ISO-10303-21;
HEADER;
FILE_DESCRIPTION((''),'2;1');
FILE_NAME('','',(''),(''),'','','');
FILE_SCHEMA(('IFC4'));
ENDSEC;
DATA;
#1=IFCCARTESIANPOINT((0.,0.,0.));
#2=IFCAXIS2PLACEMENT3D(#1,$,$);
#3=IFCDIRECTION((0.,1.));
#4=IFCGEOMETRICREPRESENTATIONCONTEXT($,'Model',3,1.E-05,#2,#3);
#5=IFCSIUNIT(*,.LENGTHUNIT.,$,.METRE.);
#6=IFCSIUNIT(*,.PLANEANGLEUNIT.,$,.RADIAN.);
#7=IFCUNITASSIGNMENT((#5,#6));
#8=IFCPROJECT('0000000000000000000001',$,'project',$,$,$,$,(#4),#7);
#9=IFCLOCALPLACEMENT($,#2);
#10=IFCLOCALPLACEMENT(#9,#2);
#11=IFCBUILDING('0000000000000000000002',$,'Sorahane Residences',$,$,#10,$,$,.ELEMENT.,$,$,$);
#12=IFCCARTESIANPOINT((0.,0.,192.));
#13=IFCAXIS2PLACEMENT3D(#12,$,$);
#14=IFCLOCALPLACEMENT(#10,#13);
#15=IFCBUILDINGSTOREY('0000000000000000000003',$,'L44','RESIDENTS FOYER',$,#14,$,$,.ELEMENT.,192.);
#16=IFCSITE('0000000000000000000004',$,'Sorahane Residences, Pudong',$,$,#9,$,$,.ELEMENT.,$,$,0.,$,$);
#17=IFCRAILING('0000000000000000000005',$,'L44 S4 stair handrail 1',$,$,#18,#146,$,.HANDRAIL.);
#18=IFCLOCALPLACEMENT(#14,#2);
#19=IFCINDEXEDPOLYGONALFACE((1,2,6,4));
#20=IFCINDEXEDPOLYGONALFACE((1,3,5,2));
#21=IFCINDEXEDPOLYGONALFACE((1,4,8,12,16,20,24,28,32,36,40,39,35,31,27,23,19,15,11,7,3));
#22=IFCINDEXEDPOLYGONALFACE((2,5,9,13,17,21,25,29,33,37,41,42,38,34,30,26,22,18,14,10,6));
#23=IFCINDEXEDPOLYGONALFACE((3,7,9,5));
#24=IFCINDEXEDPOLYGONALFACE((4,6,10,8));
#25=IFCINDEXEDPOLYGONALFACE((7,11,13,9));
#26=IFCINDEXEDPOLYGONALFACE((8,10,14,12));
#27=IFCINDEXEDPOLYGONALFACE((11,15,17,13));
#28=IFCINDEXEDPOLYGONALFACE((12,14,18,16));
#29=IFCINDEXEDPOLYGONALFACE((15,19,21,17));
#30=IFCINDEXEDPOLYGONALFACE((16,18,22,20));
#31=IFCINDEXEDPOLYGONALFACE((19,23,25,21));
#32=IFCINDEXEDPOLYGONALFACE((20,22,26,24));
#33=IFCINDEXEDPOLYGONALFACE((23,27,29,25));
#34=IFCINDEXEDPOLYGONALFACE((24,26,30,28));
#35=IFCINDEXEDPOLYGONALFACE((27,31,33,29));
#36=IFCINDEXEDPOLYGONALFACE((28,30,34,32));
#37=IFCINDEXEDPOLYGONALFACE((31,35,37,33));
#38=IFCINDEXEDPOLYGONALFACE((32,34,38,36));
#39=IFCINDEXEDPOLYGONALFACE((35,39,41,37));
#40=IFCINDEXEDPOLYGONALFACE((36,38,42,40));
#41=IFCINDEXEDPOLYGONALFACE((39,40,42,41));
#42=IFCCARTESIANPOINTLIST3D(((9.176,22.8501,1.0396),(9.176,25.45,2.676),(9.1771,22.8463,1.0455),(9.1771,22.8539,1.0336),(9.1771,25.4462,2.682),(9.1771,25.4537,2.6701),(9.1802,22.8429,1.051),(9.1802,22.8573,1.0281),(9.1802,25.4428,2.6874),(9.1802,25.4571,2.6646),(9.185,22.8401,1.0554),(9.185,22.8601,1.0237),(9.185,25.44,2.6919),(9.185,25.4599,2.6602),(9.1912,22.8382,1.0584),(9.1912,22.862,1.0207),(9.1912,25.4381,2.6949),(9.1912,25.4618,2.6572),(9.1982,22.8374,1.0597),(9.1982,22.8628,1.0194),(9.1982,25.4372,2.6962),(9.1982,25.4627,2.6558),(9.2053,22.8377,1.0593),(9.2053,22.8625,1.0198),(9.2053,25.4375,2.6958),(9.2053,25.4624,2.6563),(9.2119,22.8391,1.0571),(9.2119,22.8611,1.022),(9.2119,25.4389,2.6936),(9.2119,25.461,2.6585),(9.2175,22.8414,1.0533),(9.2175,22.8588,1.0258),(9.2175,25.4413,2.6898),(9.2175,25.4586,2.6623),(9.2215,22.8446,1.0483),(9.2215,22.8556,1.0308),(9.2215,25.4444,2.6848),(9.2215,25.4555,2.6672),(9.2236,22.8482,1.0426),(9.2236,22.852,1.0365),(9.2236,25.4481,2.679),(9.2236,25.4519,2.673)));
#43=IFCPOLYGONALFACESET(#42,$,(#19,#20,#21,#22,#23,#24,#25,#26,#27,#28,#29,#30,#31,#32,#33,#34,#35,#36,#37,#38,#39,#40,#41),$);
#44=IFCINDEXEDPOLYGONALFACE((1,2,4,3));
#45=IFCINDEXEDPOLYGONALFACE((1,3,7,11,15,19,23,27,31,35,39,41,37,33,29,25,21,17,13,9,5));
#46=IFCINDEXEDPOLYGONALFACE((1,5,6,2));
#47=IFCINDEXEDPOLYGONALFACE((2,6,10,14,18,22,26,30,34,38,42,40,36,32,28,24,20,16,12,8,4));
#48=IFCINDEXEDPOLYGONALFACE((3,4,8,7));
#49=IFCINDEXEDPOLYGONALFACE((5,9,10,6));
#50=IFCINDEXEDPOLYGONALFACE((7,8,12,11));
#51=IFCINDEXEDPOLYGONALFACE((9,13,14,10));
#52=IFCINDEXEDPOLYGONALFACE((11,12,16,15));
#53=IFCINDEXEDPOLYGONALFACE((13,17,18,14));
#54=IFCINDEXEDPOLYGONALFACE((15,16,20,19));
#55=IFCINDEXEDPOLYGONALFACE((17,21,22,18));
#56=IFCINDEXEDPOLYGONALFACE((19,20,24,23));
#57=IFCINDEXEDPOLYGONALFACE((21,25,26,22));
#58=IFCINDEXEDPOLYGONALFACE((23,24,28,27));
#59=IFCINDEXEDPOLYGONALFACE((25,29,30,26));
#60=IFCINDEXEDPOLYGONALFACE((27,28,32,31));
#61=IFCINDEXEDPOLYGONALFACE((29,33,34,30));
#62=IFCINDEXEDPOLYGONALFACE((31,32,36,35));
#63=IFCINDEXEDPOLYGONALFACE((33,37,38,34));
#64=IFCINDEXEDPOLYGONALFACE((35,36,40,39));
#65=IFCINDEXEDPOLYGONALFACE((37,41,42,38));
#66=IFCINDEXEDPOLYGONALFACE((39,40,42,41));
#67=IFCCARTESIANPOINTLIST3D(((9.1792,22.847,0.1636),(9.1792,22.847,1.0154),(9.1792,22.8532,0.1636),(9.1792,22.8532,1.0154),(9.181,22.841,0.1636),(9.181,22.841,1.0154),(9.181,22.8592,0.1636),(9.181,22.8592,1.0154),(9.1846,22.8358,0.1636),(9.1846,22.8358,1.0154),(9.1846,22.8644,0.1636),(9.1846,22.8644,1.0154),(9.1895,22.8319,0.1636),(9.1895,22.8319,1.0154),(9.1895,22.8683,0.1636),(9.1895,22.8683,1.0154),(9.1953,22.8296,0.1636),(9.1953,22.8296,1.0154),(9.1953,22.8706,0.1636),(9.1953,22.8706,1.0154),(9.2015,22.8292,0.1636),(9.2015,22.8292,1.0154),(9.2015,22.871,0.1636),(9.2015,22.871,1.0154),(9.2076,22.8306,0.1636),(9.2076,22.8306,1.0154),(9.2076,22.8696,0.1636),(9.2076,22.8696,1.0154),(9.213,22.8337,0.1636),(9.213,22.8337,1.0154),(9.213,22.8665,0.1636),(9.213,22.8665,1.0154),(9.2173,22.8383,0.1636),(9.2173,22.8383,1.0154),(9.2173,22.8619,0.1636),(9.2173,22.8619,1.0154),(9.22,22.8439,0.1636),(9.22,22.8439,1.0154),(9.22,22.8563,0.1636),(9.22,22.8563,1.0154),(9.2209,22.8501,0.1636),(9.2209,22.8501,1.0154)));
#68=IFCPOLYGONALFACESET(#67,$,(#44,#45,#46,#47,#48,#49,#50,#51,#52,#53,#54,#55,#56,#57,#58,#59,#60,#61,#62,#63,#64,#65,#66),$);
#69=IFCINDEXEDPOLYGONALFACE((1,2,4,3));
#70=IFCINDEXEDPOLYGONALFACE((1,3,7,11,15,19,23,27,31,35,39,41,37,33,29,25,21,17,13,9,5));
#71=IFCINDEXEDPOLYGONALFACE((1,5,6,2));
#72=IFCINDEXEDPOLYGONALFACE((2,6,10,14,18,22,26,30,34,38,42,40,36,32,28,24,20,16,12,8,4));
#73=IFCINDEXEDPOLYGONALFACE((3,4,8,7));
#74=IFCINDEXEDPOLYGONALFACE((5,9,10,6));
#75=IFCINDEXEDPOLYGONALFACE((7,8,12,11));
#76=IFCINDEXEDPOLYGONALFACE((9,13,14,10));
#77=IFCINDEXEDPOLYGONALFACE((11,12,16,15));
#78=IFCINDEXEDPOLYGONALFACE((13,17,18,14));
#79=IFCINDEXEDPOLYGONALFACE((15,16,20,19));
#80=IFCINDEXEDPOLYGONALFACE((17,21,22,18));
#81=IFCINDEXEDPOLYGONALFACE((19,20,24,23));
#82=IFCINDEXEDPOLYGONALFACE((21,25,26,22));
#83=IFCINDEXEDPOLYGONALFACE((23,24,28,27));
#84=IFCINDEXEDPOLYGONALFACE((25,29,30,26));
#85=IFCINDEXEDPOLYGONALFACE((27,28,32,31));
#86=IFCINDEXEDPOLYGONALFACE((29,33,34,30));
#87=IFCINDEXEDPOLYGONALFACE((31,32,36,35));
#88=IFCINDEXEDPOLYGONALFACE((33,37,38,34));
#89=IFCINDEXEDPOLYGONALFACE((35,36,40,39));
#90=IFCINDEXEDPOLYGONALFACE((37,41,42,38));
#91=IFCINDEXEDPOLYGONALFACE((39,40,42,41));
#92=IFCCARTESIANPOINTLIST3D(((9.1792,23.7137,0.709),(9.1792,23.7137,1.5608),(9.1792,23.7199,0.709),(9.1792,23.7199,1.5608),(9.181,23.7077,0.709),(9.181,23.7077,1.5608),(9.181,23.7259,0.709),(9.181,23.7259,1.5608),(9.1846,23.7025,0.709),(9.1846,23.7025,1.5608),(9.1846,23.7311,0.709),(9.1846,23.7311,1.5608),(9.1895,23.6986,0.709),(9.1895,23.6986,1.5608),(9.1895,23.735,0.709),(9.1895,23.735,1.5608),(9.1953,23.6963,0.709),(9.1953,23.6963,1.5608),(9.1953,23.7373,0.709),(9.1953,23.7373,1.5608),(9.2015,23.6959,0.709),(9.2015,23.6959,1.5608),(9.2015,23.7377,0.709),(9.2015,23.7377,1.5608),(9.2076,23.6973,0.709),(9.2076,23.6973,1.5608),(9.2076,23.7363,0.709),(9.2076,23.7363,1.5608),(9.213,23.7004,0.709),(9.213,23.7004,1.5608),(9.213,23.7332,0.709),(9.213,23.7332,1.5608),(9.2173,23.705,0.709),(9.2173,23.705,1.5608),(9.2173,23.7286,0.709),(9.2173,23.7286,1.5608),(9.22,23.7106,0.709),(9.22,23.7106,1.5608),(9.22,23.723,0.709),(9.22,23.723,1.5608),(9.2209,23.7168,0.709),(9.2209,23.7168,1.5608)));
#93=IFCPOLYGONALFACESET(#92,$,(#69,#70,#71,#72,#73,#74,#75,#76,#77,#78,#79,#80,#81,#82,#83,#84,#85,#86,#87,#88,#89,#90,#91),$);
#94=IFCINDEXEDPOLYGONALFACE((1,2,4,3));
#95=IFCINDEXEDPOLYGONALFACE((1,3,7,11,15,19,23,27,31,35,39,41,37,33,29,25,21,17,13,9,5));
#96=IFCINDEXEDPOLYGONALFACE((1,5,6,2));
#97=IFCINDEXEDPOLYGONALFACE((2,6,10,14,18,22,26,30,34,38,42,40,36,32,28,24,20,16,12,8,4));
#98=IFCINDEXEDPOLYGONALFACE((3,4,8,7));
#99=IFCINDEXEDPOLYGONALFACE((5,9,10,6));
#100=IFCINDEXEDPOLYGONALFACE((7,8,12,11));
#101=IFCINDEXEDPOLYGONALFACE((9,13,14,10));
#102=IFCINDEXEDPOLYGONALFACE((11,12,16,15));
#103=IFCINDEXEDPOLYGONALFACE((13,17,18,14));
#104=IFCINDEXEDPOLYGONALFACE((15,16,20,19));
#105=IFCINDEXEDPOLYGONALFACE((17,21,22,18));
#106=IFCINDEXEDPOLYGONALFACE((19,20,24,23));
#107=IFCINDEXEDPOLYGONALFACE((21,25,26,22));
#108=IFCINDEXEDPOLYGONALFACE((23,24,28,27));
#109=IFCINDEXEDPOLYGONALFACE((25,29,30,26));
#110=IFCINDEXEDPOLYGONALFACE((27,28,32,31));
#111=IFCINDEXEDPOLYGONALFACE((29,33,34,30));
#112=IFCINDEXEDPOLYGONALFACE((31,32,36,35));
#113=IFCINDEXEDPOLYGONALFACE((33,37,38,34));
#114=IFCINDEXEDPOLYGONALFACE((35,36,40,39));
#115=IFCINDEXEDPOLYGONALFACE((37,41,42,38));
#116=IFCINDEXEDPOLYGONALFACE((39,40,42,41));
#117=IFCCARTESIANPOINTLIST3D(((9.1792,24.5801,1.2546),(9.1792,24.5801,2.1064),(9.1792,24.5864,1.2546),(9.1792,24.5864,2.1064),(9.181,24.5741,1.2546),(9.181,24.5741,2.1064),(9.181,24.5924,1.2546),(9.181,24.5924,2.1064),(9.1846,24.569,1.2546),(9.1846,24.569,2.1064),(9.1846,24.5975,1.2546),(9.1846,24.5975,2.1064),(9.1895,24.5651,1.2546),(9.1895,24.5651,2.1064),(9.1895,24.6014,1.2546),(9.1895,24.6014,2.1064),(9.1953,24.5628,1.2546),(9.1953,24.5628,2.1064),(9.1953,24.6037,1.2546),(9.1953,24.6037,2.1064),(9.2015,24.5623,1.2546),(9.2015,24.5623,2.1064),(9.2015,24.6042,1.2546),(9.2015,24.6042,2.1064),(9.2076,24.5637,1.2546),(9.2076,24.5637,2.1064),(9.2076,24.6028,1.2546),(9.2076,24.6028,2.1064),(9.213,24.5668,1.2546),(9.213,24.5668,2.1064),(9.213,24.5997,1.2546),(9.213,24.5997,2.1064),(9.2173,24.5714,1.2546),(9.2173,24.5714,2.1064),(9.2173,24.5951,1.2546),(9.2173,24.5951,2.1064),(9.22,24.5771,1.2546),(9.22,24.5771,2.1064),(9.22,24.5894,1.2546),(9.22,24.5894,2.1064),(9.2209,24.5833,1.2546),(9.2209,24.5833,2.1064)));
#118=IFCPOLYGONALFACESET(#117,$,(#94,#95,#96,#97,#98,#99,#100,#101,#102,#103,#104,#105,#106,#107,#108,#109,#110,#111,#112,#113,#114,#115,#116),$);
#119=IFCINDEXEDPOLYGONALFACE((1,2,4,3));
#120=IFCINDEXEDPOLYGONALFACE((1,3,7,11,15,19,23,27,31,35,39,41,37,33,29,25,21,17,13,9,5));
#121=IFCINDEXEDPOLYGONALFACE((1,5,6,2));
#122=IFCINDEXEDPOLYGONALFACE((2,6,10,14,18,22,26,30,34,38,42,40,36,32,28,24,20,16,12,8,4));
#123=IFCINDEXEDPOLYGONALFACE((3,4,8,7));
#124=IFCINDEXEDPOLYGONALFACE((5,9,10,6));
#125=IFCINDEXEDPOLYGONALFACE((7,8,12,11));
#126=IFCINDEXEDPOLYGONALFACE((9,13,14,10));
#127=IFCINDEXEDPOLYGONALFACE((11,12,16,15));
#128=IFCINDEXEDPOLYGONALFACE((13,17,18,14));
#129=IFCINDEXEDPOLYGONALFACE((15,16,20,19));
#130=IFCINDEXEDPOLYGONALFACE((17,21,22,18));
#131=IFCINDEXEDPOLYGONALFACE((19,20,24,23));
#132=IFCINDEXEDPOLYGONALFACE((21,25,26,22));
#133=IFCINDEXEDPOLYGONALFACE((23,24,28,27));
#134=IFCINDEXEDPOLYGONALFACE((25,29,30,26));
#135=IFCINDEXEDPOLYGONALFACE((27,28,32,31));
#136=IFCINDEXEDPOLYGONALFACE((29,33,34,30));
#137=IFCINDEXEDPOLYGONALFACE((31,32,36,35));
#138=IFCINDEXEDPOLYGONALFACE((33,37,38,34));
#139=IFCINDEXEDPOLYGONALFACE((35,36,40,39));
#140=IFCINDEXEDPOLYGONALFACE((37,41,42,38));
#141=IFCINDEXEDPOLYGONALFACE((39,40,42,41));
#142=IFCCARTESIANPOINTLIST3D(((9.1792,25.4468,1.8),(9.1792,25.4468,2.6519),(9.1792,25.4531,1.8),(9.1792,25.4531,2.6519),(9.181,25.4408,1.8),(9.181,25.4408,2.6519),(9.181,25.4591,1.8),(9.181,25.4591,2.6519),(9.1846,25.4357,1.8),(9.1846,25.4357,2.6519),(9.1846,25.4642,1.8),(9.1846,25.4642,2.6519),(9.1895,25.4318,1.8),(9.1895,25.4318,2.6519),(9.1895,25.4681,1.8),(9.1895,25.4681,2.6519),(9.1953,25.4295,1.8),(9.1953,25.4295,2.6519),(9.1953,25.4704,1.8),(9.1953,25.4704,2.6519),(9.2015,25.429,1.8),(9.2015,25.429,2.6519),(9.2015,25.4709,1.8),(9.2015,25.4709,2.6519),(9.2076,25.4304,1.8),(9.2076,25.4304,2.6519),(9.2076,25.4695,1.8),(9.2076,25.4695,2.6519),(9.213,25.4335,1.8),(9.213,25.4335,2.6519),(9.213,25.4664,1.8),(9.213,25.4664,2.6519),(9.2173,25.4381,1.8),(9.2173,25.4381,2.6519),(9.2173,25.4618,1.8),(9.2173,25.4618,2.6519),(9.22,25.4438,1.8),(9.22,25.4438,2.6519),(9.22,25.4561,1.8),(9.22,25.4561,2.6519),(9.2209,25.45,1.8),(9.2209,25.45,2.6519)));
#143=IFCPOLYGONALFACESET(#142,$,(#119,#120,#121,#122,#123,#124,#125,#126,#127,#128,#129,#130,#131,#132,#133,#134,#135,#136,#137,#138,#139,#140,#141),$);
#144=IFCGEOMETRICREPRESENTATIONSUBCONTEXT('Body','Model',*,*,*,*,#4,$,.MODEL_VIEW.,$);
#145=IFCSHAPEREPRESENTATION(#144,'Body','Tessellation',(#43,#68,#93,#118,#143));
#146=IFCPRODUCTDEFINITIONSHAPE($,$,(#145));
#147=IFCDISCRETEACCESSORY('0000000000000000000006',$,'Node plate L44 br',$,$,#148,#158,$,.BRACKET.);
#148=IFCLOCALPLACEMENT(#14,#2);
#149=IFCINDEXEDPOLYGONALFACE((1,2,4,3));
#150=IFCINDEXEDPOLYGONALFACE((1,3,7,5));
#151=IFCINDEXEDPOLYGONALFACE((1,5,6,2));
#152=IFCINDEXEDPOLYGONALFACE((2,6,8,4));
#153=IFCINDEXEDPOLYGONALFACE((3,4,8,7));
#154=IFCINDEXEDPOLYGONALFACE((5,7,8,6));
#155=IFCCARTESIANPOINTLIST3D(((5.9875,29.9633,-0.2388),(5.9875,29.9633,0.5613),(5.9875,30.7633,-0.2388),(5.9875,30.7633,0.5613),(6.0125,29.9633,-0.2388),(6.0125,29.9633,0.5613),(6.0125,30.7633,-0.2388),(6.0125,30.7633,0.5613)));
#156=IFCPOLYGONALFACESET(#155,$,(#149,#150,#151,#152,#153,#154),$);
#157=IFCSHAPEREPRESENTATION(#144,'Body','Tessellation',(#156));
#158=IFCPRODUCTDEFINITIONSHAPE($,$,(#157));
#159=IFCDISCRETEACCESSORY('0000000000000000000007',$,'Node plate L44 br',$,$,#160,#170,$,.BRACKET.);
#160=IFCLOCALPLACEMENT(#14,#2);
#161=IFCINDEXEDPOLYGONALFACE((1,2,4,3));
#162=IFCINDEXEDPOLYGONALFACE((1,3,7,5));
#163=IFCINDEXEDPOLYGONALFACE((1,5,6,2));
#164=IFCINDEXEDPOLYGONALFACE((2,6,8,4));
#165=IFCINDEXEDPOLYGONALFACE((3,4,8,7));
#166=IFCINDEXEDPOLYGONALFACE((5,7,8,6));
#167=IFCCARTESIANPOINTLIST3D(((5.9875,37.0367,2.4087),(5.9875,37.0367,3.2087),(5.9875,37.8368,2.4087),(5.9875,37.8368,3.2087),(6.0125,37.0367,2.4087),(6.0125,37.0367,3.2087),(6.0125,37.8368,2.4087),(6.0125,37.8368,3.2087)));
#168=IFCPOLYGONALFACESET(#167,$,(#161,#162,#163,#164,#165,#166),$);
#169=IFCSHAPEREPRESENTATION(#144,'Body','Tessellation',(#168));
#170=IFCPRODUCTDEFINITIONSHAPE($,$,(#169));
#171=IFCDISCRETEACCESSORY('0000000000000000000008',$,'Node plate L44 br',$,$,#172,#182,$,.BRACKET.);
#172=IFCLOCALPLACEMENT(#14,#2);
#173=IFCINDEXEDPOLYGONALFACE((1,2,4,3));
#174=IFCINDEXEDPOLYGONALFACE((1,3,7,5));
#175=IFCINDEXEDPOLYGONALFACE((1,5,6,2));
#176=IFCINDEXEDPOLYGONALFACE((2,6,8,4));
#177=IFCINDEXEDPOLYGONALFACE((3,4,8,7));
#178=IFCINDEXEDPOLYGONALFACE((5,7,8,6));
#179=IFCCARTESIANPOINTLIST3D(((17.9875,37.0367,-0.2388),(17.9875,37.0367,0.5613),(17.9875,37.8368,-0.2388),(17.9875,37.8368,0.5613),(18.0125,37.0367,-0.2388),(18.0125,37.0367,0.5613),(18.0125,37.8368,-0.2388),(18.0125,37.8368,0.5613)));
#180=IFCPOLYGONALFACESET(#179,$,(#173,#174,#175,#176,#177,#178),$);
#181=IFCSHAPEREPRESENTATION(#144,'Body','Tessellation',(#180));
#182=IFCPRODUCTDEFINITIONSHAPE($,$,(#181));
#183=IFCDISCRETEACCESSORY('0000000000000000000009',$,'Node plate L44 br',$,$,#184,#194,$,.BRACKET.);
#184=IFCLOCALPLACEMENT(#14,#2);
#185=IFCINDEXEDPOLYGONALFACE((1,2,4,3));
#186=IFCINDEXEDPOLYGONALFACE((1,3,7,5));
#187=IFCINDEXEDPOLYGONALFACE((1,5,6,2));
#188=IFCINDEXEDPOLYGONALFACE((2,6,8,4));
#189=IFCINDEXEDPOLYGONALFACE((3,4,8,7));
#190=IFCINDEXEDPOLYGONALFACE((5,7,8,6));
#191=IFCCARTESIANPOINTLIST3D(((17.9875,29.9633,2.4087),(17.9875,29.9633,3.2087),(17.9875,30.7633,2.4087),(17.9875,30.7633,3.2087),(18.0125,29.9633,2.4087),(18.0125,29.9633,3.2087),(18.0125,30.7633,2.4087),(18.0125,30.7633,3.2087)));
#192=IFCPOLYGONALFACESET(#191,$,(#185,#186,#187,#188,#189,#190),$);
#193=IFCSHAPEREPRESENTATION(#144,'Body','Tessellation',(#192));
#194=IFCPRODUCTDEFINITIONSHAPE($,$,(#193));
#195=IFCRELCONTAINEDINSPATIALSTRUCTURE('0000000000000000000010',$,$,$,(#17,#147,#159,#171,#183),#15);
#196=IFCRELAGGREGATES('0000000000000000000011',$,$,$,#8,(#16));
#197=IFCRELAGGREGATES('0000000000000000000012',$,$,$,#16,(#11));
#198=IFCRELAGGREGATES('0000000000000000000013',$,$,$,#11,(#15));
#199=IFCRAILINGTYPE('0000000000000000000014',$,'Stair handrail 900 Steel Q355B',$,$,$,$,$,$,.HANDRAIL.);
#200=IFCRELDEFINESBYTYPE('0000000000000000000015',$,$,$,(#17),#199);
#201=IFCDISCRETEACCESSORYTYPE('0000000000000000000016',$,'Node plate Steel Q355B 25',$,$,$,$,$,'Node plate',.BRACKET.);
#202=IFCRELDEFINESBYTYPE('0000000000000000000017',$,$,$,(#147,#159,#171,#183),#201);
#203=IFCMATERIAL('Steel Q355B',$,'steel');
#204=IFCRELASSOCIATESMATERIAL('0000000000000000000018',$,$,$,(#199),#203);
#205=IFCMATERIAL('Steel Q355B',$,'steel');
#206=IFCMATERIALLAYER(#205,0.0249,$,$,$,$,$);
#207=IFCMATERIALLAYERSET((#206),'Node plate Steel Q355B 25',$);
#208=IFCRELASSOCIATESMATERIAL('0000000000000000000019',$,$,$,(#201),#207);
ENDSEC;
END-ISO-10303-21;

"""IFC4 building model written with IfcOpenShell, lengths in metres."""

from ifc_helpers import new_model, si_unit, direction, frame, origin, origin_2d, place, context, subcontext, project, spatial, rectangle, circle, extrude, material, layer, layer_set, type_object, element, save


model = new_model("IFC4")

# Units and contexts
model_context = context("Model", 3, precision=1e-05, world=origin(), true_north=direction((0.0, 1.0)))
body_context = subcontext(model_context, "Body", "Model", "MODEL_VIEW")
ifc_project = project(units=[si_unit("LENGTHUNIT", "METRE"), si_unit("PLANEANGLEUNIT", "RADIAN")], contexts=[model_context])

# Site, building, storey
site_placement = place(None, origin())
site = spatial("IfcSite", under=ifc_project, at=site_placement, Name="Sorahane Residences, Pudong", CompositionType="ELEMENT", RefElevation=0.0)
building_placement = place(site_placement, origin())
building = spatial("IfcBuilding", under=site, at=building_placement, Name="Sorahane Residences", CompositionType="ELEMENT")
storey_placement = place(building_placement, frame((0.0, 0.0, 192.0)))
storey = spatial("IfcBuildingStorey", under=building, at=storey_placement, Name="L44", Description="RESIDENTS FOYER", CompositionType="ELEMENT", Elevation=192.0)

# Railing
ifc_material_1 = material(Name="Steel Q355B", Category="steel")
railing_type_1 = type_object("IfcRailingType", Name="Stair handrail 900 Steel Q355B", PredefinedType="HANDRAIL", material=ifc_material_1)
railing_1_placement = place(storey_placement, frame((9.2, 22.8501, 0.1636)))
element("IfcRailing", 1, at=railing_1_placement, inside=storey, type_object=railing_type_1, Name="L44 S4 stair handrail 1", PredefinedType="HANDRAIL", context=body_context, shape_type="SweptSolid", body=[
    extrude(circle(Radius=0.0239, at=origin_2d()), frame((0.0, 0.0, 0.876), z_axis=(0.0, 0.846302, 0.532704), x_axis=(-1.0, 0.0, 0.0)), (0.0, 0.0, 1.0), 3.072),
    extrude(circle(Radius=0.021, at=origin_2d()), origin(), (0.0, 0.0, 1.0), 0.8518),
    extrude(circle(Radius=0.021, at=origin_2d()), frame((0.0, 0.8667, 0.5454)), (0.0, 0.0, 1.0), 0.8518),
    extrude(circle(Radius=0.021, at=origin_2d()), frame((0.0, 1.7332, 1.0911)), (0.0, 0.0, 1.0), 0.8518),
    extrude(circle(Radius=0.021, at=origin_2d()), frame((0.0, 2.5999, 1.6365)), (0.0, 0.0, 1.0), 0.8518),
])

# Discrete accessories
ifc_material_2 = material(Name="Steel Q355B", Category="steel")
ifc_layer_1 = layer(ifc_material_2, 0.0249)
ifc_layer_set_1 = layer_set([ifc_layer_1], Name="Node plate Steel Q355B 25")
discrete_accessory_type = type_object("IfcDiscreteAccessoryType", Name="Node plate Steel Q355B 25", ElementType="Node plate", PredefinedType="BRACKET", material=ifc_layer_set_1)
for number, where, z_axis, x_axis, name in (
    (2, (6.0, 30.3633, -0.2388), (0.0, 0.0, 1.0), (0.0, 1.0, 0.0), "Node plate L44 br"),
    (3, (6.0, 37.4368, 2.4087), (0.0, 0.0, 1.0), (0.0, 1.0, 0.0), "Node plate L44 br"),
    (4, (18.0, 37.4368, -0.2388), (0.0, 0.0, 1.0), (0.0, 1.0, 0.0), "Node plate L44 br"),
    (5, (18.0, 30.3633, 2.4087), (0.0, 0.0, 1.0), (0.0, 1.0, 0.0), "Node plate L44 br"),
):
    element("IfcDiscreteAccessory", number, at=place(storey_placement, frame(where, z_axis=z_axis, x_axis=x_axis)), inside=storey, type_object=discrete_accessory_type, Name=name, PredefinedType="BRACKET", context=body_context, shape_type="SweptSolid", body=[
        extrude(rectangle(XDim=0.8, YDim=0.0249, at=origin_2d()), origin(), (0.0, 0.0, 1.0), 0.8),
    ])

save(model, "model.ifc")
